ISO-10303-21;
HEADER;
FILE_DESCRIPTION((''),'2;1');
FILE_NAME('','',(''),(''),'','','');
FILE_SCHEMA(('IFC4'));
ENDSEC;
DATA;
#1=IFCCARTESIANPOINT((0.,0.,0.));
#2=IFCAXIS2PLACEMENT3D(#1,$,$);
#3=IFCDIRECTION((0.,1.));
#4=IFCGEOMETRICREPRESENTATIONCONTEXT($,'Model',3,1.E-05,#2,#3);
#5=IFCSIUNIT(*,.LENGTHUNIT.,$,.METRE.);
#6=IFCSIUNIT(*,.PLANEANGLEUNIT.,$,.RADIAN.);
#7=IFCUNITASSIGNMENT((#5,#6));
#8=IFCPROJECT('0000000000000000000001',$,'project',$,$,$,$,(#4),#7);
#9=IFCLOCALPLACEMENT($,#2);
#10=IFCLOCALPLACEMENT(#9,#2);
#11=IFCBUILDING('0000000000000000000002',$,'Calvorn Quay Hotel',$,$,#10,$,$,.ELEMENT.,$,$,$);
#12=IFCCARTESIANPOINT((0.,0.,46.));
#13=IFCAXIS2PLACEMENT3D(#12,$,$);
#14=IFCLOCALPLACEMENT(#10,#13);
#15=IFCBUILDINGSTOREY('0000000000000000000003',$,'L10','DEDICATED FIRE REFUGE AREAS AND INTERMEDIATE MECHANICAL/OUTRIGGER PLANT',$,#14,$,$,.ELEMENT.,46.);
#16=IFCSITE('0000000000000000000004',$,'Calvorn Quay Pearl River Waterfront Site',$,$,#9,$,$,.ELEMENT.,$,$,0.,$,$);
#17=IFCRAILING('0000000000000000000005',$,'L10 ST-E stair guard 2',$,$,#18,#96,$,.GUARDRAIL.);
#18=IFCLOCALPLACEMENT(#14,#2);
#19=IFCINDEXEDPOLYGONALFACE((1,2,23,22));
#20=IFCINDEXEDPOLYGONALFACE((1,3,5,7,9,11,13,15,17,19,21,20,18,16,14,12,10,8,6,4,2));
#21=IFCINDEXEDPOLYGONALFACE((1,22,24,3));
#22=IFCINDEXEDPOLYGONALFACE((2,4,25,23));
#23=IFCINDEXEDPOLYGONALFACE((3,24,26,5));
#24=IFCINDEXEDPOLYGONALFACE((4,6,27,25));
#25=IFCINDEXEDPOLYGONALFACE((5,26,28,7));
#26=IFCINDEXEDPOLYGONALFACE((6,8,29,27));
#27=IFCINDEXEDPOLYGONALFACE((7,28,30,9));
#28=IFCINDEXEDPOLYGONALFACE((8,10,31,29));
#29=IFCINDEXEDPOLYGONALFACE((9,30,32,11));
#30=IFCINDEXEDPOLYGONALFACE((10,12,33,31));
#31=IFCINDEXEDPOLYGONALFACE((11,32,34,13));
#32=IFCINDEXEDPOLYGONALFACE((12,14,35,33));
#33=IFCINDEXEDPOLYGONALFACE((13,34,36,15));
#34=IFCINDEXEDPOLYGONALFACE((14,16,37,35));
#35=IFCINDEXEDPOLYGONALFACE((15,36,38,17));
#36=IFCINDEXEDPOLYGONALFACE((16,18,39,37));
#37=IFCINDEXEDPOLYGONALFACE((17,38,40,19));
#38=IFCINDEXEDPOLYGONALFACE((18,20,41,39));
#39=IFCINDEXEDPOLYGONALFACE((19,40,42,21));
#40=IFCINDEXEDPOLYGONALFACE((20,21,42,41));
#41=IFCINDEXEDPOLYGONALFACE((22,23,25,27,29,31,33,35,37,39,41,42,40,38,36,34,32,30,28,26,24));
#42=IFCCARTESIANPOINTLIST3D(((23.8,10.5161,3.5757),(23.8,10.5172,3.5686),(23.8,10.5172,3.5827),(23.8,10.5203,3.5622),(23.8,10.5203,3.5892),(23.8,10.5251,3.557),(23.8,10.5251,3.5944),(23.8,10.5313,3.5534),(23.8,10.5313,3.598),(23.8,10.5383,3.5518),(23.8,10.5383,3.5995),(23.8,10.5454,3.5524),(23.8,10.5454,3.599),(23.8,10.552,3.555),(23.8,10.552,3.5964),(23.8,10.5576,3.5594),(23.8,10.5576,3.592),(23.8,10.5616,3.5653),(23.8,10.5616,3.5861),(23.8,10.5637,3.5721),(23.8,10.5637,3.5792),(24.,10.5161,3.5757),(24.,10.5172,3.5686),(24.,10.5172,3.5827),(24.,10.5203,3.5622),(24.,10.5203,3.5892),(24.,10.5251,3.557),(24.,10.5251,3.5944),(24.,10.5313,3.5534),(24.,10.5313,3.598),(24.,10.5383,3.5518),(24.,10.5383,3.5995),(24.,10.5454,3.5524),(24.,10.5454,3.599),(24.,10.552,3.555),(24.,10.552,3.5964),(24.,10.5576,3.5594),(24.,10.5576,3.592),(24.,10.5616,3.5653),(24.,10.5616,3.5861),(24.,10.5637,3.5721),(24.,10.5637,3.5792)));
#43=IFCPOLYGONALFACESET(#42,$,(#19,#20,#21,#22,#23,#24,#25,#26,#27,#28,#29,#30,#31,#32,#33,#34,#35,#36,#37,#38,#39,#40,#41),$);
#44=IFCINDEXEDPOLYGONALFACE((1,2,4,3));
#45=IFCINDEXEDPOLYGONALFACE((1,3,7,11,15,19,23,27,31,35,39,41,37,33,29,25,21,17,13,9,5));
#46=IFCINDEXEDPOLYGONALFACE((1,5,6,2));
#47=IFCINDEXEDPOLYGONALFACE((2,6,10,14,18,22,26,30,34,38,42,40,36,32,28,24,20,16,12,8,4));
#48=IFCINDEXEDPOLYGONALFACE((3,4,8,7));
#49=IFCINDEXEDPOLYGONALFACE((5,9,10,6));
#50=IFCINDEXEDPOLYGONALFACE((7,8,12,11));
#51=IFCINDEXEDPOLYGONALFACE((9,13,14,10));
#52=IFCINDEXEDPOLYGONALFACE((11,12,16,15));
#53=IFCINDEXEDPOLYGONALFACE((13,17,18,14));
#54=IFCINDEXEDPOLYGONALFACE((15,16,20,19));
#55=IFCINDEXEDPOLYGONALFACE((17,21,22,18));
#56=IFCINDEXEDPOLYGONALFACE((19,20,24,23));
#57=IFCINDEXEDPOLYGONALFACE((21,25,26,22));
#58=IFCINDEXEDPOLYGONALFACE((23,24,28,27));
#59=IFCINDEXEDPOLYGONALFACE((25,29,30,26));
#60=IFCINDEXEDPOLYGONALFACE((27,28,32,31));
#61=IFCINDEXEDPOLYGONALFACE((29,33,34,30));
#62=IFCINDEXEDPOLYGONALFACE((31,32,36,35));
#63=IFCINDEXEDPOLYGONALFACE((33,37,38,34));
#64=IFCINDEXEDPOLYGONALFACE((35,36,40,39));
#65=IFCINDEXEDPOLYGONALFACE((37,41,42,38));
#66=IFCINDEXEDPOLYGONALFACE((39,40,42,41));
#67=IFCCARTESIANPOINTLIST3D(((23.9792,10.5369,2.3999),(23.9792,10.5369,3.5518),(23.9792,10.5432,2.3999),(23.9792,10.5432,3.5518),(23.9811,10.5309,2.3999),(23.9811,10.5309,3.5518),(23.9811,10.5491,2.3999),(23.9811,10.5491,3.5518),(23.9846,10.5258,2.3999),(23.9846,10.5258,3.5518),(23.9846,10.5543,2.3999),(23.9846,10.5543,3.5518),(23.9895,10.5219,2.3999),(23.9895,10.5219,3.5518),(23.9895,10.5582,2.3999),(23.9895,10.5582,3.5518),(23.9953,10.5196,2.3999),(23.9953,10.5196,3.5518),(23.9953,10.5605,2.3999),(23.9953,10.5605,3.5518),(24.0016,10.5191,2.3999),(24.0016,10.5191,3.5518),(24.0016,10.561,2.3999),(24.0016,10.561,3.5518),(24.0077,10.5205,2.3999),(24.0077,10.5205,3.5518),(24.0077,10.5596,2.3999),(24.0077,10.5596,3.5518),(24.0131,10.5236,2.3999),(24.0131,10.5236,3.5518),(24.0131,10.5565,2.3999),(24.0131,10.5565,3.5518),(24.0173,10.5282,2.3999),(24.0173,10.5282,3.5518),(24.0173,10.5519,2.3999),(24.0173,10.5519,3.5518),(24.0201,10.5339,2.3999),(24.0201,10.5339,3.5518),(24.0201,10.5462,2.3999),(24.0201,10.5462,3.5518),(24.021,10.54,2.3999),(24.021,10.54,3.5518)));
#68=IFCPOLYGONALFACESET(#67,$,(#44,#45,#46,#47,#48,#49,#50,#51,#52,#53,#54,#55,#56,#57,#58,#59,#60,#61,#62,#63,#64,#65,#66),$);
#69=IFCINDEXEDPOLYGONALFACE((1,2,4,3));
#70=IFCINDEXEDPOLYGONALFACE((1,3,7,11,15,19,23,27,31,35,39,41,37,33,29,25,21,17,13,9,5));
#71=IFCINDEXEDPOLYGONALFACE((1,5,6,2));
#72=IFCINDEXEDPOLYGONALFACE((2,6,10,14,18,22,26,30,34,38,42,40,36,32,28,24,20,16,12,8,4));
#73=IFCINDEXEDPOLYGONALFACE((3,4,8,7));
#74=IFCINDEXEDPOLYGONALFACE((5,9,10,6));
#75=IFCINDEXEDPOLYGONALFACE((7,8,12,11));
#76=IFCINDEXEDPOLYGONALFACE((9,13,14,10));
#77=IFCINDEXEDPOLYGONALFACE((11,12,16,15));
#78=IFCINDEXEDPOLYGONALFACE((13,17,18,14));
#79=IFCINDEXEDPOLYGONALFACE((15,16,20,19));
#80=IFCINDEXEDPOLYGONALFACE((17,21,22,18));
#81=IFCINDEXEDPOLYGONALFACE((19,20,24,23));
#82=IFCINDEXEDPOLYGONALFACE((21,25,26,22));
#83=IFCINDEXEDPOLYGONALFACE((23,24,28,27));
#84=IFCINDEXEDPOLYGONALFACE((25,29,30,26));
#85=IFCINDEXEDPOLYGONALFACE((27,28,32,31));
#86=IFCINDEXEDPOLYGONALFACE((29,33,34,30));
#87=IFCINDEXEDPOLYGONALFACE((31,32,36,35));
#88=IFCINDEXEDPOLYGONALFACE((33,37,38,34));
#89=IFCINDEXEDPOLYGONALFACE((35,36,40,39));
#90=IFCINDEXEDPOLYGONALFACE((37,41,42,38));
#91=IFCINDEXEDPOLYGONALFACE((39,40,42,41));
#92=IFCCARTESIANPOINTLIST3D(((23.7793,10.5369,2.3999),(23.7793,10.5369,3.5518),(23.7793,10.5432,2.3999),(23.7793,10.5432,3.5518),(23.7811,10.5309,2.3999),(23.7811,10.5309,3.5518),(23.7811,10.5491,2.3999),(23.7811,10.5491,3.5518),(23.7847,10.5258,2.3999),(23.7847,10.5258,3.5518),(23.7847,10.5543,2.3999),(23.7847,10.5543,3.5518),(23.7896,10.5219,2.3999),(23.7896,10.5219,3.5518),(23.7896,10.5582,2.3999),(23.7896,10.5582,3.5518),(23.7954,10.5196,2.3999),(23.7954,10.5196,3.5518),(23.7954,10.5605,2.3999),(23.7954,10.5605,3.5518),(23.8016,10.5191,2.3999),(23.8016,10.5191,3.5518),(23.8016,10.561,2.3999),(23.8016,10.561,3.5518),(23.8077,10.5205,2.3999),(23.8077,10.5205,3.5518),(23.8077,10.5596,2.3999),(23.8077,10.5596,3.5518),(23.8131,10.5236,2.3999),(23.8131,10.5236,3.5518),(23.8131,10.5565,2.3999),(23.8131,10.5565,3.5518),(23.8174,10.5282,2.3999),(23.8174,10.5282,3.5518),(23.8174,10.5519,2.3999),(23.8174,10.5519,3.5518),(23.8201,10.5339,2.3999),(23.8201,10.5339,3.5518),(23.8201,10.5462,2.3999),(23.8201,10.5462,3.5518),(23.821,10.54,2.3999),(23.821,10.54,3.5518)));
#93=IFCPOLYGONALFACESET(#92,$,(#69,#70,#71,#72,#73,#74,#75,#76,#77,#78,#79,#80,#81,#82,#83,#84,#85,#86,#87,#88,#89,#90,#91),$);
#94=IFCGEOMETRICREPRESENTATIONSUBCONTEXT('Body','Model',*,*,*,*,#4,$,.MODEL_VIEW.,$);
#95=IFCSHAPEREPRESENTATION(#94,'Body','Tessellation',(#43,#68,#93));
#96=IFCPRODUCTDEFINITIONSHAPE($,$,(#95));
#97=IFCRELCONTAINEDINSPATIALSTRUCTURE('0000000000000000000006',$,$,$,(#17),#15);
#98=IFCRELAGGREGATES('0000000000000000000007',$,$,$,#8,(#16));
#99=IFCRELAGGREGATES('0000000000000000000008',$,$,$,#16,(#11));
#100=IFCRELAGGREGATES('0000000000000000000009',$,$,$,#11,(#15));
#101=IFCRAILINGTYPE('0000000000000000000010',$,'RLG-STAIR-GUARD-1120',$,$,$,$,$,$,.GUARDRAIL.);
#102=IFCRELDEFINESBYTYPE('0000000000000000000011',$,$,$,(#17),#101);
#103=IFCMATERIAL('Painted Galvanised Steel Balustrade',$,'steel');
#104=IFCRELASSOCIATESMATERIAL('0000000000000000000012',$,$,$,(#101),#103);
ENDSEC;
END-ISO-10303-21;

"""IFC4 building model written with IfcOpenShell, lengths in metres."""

from ifc_helpers import new_model, si_unit, direction, frame, origin, origin_2d, place, context, subcontext, project, spatial, circle, extrude, material, type_object, element, save


model = new_model("IFC4")

# Units and contexts
model_context = context("Model", 3, precision=1e-05, world=origin(), true_north=direction((0.0, 1.0)))
body_context = subcontext(model_context, "Body", "Model", "MODEL_VIEW")
ifc_project = project(units=[si_unit("LENGTHUNIT", "METRE"), si_unit("PLANEANGLEUNIT", "RADIAN")], contexts=[model_context])

# Site, building, storey
site_placement = place(None, origin())
site = spatial("IfcSite", under=ifc_project, at=site_placement, Name="Calvorn Quay Pearl River Waterfront Site", CompositionType="ELEMENT", RefElevation=0.0)
building_placement = place(site_placement, origin())
building = spatial("IfcBuilding", under=site, at=building_placement, Name="Calvorn Quay Hotel", CompositionType="ELEMENT")
storey_placement = place(building_placement, frame((0.0, 0.0, 46.0)))
storey = spatial("IfcBuildingStorey", under=building, at=storey_placement, Name="L10", Description="DEDICATED FIRE REFUGE AREAS AND INTERMEDIATE MECHANICAL/OUTRIGGER PLANT", CompositionType="ELEMENT", Elevation=46.0)

# Railing
ifc_material_1 = material(Name="Painted Galvanised Steel Balustrade", Category="steel")
railing_type_1 = type_object("IfcRailingType", Name="RLG-STAIR-GUARD-1120", PredefinedType="GUARDRAIL", material=ifc_material_1)
railing_1_placement = place(storey_placement, frame((24.0, 10.54, 2.3999)))
element("IfcRailing", 1, at=railing_1_placement, inside=storey, type_object=railing_type_1, Name="L10 ST-E stair guard 2", PredefinedType="GUARDRAIL", context=body_context, shape_type="SweptSolid", body=[
    extrude(circle(Radius=0.0239, at=origin_2d()), frame((0.0, 0.0, 1.1758), z_axis=(-1.0, 0.0, 0.0), x_axis=(0.0, -1.0, 0.0)), (0.0, 0.0, 1.0), 0.2),
    extrude(circle(Radius=0.021, at=origin_2d()), origin(), (0.0, 0.0, 1.0), 1.1519),
    extrude(circle(Radius=0.021, at=origin_2d()), frame((-0.2, 0.0, 0.0)), (0.0, 0.0, 1.0), 1.1519),
])

save(model, "model.ifc")
